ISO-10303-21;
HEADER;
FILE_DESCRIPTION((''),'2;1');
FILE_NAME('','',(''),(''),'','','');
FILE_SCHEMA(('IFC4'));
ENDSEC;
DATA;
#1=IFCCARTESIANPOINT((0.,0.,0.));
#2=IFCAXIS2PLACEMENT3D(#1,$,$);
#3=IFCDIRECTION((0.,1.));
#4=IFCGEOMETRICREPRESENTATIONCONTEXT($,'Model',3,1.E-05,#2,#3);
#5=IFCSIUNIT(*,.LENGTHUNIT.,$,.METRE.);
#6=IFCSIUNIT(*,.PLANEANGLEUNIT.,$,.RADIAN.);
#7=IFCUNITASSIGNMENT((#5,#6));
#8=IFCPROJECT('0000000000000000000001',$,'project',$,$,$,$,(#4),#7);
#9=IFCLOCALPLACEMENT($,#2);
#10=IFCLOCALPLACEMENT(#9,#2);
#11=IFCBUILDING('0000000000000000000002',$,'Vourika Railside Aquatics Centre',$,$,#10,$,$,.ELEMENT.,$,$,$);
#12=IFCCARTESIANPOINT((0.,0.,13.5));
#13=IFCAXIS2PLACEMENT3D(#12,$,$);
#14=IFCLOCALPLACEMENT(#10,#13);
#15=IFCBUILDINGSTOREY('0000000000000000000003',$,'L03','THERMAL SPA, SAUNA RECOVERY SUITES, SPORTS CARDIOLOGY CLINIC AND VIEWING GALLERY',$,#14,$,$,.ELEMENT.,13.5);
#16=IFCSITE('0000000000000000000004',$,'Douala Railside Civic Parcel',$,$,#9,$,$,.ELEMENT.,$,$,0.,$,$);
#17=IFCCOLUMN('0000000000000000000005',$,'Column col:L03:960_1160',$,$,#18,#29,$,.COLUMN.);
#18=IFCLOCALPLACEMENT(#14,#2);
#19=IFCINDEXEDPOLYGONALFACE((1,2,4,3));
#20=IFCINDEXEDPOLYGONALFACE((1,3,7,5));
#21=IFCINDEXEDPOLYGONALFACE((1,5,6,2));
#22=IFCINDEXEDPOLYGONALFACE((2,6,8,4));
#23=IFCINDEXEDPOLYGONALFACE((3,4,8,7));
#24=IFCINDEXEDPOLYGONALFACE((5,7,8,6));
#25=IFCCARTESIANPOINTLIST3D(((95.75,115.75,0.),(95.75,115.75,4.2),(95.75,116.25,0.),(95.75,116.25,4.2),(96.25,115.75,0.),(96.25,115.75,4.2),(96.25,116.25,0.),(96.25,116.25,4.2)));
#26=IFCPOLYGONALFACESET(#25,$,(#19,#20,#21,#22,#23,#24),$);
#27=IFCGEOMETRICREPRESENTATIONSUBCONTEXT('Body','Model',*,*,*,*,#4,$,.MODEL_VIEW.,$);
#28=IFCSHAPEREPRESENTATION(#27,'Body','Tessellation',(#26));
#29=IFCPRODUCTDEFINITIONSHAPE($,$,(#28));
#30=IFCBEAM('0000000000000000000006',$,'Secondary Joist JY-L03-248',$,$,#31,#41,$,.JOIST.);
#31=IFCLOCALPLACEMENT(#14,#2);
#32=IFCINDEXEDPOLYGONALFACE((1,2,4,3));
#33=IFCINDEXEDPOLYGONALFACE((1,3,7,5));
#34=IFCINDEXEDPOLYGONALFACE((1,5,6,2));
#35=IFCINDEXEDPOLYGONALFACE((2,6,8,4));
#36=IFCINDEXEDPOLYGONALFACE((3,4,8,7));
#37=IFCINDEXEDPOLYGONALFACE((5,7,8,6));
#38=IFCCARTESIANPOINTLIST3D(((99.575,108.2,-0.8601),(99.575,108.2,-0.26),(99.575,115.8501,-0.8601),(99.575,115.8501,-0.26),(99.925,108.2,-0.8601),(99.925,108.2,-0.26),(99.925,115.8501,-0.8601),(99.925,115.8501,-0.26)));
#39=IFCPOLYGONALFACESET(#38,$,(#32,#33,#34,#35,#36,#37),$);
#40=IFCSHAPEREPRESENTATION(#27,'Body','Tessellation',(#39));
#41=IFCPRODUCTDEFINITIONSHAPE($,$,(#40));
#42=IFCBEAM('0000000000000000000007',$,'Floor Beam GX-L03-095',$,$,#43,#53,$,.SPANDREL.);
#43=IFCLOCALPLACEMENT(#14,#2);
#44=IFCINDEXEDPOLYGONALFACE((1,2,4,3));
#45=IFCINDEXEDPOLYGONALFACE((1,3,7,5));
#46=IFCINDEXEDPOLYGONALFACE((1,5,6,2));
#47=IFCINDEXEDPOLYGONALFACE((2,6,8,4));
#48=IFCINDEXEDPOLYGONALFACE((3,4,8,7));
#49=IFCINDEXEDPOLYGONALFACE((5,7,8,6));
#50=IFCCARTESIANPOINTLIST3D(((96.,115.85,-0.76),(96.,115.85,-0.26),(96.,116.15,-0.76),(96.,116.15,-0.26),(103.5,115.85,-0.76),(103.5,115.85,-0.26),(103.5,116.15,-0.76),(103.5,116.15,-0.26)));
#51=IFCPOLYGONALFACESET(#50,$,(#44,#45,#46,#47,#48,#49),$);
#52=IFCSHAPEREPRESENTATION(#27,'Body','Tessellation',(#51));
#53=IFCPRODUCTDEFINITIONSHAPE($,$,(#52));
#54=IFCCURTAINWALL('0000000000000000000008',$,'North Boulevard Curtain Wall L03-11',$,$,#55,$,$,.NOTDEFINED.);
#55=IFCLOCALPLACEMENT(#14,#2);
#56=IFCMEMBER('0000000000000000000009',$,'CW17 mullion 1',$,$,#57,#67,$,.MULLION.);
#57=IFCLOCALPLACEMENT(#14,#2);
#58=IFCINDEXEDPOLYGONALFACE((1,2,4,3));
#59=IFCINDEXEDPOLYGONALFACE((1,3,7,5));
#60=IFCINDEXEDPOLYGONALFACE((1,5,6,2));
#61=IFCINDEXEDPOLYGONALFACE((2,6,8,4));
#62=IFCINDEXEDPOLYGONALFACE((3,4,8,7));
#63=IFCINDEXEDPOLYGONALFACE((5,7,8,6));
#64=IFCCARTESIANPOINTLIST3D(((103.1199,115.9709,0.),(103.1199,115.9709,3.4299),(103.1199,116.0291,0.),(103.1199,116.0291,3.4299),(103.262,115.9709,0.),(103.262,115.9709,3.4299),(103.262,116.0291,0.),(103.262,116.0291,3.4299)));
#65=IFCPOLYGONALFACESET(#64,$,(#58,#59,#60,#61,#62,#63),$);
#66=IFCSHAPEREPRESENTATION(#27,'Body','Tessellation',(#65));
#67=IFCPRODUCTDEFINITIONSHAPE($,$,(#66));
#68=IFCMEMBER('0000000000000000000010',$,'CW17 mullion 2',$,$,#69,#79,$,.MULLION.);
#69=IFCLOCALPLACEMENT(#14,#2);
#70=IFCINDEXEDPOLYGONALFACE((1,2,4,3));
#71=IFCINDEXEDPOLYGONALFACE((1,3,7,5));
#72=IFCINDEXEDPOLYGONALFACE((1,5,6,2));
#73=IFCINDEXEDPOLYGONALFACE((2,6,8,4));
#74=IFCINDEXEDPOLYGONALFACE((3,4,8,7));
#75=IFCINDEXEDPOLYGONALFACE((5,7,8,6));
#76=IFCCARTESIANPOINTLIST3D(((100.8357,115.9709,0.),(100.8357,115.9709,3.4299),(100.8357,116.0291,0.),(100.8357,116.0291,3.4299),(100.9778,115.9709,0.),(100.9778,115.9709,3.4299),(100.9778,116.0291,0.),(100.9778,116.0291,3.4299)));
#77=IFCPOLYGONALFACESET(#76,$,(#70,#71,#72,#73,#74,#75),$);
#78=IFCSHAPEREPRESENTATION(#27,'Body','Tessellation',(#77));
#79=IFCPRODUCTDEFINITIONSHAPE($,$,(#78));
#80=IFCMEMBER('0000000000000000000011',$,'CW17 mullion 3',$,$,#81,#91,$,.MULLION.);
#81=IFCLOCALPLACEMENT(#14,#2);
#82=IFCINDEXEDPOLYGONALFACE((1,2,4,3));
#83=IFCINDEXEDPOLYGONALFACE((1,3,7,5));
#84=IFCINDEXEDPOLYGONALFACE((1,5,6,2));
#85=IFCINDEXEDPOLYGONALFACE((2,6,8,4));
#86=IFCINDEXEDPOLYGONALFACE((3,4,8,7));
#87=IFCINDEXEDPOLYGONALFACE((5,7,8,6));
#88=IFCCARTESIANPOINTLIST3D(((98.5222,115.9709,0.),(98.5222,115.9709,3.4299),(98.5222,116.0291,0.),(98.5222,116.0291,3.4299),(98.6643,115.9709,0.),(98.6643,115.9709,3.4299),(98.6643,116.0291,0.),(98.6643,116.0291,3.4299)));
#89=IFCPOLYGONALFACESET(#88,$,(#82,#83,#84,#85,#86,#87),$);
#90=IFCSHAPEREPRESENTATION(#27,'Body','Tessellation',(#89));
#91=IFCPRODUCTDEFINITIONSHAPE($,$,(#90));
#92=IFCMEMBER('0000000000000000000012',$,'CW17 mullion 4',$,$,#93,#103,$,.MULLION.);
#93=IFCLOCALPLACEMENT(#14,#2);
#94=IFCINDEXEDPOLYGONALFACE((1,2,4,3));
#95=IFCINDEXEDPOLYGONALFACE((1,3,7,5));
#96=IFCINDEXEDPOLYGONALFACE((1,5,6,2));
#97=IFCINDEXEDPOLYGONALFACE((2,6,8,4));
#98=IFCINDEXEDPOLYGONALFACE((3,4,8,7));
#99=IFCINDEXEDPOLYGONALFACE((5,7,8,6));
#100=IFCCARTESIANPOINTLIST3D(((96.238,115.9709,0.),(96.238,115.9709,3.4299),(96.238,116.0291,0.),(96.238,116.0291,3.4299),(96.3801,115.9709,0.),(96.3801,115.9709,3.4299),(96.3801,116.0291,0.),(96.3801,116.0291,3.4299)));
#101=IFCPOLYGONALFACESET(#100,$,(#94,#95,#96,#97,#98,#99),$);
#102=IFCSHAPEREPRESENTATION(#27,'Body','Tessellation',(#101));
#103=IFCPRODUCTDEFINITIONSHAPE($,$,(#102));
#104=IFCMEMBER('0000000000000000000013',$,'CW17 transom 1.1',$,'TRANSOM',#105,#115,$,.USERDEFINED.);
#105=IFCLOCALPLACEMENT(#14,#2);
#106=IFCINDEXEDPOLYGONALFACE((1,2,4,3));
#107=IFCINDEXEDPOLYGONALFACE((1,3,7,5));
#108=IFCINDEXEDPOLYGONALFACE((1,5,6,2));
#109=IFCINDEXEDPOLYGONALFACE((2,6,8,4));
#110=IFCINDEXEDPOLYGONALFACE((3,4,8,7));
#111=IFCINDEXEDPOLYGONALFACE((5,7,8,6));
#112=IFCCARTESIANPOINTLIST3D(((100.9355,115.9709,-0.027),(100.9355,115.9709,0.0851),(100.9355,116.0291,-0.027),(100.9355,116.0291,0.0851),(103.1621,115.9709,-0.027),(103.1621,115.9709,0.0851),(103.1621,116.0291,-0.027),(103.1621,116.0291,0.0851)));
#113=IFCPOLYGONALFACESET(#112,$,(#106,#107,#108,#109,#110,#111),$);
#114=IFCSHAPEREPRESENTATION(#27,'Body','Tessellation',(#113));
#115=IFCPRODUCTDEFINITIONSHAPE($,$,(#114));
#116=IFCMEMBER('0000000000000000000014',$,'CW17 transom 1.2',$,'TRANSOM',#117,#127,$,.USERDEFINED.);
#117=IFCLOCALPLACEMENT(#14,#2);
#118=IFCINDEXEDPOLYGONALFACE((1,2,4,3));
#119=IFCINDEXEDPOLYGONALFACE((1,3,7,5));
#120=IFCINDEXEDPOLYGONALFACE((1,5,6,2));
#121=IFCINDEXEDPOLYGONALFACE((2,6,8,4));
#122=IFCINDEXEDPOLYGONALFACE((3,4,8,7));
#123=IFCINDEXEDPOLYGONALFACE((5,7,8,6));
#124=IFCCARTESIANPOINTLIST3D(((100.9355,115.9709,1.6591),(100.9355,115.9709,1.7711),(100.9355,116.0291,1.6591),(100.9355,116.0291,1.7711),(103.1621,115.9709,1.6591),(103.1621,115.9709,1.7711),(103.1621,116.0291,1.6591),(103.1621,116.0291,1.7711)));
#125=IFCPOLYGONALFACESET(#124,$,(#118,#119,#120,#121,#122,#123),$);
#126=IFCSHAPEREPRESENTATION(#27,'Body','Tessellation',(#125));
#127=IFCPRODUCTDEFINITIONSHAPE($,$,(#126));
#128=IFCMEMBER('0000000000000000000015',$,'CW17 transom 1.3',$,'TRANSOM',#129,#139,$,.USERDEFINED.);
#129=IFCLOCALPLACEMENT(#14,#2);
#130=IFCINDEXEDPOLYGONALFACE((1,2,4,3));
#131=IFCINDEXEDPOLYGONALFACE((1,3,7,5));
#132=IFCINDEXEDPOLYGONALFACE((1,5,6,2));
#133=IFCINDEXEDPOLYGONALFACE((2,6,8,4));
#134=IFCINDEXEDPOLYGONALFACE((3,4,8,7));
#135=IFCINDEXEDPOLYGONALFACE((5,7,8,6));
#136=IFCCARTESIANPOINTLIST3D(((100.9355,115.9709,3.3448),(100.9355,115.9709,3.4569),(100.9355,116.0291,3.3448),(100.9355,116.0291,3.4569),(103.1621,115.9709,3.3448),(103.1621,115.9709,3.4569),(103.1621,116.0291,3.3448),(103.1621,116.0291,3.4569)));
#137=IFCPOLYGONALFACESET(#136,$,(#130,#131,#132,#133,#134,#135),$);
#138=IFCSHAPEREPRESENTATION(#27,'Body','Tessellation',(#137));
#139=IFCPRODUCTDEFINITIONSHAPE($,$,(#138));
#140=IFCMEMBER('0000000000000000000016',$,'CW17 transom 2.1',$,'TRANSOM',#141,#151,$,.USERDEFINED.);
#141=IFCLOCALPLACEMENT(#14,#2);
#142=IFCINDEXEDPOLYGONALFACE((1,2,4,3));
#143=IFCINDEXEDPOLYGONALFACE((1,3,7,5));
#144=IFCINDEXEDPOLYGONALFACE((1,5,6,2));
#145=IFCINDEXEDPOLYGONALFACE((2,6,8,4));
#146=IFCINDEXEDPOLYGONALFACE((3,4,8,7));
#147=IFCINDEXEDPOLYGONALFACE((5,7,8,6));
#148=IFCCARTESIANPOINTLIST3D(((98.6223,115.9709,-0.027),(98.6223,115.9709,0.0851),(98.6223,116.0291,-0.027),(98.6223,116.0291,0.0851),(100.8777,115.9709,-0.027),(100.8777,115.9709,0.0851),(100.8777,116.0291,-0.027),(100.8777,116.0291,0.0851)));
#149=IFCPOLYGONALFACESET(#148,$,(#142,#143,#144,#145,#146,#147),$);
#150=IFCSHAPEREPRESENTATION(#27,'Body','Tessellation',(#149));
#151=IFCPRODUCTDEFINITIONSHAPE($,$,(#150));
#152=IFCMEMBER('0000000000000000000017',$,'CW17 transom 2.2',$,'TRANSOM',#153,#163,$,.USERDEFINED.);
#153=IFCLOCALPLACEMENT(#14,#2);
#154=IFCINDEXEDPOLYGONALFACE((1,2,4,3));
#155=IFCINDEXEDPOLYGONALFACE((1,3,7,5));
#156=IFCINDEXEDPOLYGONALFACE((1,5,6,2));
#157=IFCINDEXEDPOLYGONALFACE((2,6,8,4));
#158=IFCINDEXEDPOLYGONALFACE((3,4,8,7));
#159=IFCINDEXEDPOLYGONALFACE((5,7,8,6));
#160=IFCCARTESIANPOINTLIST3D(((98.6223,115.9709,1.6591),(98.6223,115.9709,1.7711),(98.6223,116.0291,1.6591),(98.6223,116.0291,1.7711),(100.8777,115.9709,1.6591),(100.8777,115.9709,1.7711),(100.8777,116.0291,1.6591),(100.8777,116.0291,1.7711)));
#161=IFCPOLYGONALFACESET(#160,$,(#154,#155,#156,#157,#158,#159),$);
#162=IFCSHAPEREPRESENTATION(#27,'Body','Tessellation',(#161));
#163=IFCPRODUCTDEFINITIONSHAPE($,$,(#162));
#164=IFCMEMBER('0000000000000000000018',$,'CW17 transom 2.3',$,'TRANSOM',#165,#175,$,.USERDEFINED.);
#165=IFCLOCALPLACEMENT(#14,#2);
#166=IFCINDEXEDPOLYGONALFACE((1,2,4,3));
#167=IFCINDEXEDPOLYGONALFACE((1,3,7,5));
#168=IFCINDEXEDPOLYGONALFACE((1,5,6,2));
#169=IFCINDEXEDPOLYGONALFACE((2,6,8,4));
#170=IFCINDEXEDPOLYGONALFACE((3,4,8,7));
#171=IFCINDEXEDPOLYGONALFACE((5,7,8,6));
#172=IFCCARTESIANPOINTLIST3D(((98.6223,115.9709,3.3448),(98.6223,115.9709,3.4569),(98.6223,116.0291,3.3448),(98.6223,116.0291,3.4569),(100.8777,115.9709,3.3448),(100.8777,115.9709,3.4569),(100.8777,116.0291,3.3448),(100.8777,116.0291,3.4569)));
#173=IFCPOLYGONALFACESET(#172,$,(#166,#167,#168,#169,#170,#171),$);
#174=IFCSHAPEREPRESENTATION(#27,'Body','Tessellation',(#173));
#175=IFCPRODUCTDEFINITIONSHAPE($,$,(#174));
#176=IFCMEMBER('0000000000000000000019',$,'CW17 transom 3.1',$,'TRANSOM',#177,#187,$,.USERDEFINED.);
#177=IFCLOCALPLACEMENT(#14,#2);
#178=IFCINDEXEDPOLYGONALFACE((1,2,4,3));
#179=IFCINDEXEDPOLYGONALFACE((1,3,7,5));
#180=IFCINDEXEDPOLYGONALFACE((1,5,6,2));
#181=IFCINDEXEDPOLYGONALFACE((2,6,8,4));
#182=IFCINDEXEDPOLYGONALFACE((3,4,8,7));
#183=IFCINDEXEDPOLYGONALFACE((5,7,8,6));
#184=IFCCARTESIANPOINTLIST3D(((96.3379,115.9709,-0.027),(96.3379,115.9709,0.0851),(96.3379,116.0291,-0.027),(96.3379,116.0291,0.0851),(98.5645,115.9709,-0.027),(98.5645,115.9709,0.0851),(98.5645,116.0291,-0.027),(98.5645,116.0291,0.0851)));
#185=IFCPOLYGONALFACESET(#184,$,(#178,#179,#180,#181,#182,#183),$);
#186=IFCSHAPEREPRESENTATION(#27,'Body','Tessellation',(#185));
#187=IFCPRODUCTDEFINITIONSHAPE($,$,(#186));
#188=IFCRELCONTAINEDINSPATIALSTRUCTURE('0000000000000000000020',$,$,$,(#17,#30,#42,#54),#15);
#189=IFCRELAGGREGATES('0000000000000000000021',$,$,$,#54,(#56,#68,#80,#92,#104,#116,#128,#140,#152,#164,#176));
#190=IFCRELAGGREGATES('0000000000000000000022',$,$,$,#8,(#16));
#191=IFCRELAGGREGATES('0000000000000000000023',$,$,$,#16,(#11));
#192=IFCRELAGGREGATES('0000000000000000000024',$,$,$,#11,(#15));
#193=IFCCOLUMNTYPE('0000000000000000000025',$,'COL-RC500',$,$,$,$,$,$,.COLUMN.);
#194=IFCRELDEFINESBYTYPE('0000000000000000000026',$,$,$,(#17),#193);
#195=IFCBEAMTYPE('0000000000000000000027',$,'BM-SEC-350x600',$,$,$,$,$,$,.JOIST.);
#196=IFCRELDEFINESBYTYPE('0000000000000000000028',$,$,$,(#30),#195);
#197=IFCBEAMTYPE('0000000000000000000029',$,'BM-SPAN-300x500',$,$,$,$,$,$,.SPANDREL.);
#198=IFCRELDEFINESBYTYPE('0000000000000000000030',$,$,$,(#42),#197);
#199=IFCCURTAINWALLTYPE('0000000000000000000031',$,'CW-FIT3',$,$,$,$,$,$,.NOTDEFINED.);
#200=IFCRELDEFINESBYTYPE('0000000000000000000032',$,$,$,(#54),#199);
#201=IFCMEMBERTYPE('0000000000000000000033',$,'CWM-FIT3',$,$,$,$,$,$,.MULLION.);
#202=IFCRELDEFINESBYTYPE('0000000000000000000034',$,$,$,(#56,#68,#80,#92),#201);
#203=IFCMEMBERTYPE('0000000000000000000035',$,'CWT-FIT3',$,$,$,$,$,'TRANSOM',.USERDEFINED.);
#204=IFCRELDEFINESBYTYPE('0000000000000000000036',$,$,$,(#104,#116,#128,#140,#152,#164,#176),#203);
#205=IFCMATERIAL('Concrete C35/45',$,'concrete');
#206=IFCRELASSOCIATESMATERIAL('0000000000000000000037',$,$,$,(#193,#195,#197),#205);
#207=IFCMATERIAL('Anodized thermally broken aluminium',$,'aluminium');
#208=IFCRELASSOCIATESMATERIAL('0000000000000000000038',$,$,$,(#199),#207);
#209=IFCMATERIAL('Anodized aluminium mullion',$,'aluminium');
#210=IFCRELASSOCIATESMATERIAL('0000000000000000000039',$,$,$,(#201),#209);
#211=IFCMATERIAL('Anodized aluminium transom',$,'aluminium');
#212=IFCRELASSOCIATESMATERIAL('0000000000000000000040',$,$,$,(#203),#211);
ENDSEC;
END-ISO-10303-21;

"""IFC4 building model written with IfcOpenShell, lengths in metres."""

from ifc_helpers import new_model, si_unit, direction, frame, origin, origin_2d, place, context, subcontext, project, spatial, rectangle, extrude, material, material_profile, profile_set, type_object, element, aggregate, save


model = new_model("IFC4")

# Units and contexts
model_context = context("Model", 3, precision=1e-05, world=origin(), true_north=direction((0.0, 1.0)))
body_context = subcontext(model_context, "Body", "Model", "MODEL_VIEW")
ifc_project = project(units=[si_unit("LENGTHUNIT", "METRE"), si_unit("PLANEANGLEUNIT", "RADIAN")], contexts=[model_context])

# Site, building, storey
site_placement = place(None, origin())
site = spatial("IfcSite", under=ifc_project, at=site_placement, Name="Douala Railside Civic Parcel", CompositionType="ELEMENT", RefElevation=0.0)
building_placement = place(site_placement, origin())
building = spatial("IfcBuilding", under=site, at=building_placement, Name="Vourika Railside Aquatics Centre", CompositionType="ELEMENT")
storey_placement = place(building_placement, frame((0.0, 0.0, 13.5)))
storey = spatial("IfcBuildingStorey", under=building, at=storey_placement, Name="L03", Description="THERMAL SPA, SAUNA RECOVERY SUITES, SPORTS CARDIOLOGY CLINIC AND VIEWING GALLERY", CompositionType="ELEMENT", Elevation=13.5)

# Column
ifc_material_1 = material(Name="Concrete C35/45", Category="concrete")
ifc_material_profile_1 = material_profile(ifc_material_1, rectangle(XDim=0.5, YDim=0.5, at=origin_2d()), Name="RC 500x500")
ifc_profile_set_1 = profile_set([ifc_material_profile_1], Name="Concrete C35/45")
column_type = type_object("IfcColumnType", Name="COL-RC500", PredefinedType="COLUMN", material=ifc_profile_set_1)
column_placement = place(storey_placement, frame((96.0, 116.0, 0.0), z_axis=(0.0, 0.0, 1.0), x_axis=(1.0, 0.0, 0.0)))
element("IfcColumn", 1, at=column_placement, inside=storey, type_object=column_type, Name="Column col:L03:960_1160", PredefinedType="COLUMN", context=body_context, shape_type="SweptSolid", body=[
    extrude(rectangle(XDim=0.5, YDim=0.5, at=origin_2d()), origin(), (0.0, 0.0, 1.0), 4.2),
])

# Beams
ifc_material_profile_2 = material_profile(ifc_material_1, rectangle(XDim=0.3501, YDim=0.6001, at=origin_2d()), Name="RC 350x600")
ifc_profile_set_2 = profile_set([ifc_material_profile_2], Name="Concrete C35/45")
beam_type_1 = type_object("IfcBeamType", Name="BM-SEC-350x600", PredefinedType="JOIST", material=ifc_profile_set_2)
beam_1_placement = place(storey_placement, frame((99.75, 108.2, -0.5601), z_axis=(0.0, 1.0, 0.0), x_axis=(-1.0, 0.0, 0.0)))
element("IfcBeam", 2, at=beam_1_placement, inside=storey, type_object=beam_type_1, Name="Secondary Joist JY-L03-248", PredefinedType="JOIST", context=body_context, shape_type="SweptSolid", body=[
    extrude(rectangle(XDim=0.3501, YDim=0.6001, at=origin_2d()), origin(), (0.0, 0.0, 1.0), 7.6501),
])
ifc_material_profile_3 = material_profile(ifc_material_1, rectangle(XDim=0.3, YDim=0.5, at=origin_2d()), Name="RC 300x500")
ifc_profile_set_3 = profile_set([ifc_material_profile_3], Name="Concrete C35/45")
beam_type_2 = type_object("IfcBeamType", Name="BM-SPAN-300x500", PredefinedType="SPANDREL", material=ifc_profile_set_3)
beam_2_placement = place(storey_placement, frame((96.0, 116.0, -0.51), z_axis=(1.0, 0.0, 0.0), x_axis=(0.0, 1.0, 0.0)))
element("IfcBeam", 3, at=beam_2_placement, inside=storey, type_object=beam_type_2, Name="Floor Beam GX-L03-095", PredefinedType="SPANDREL", context=body_context, shape_type="SweptSolid", body=[
    extrude(rectangle(XDim=0.3, YDim=0.5, at=origin_2d()), origin(), (0.0, 0.0, 1.0), 7.5),
])

# Curtain wall, members
ifc_material_2 = material(Name="Anodized thermally broken aluminium", Category="aluminium")
curtain_wall_type = type_object("IfcCurtainWallType", Name="CW-FIT3", PredefinedType="NOTDEFINED", material=ifc_material_2)
curtain_wall_placement = place(storey_placement, origin())
curtain_wall = element("IfcCurtainWall", 4, at=curtain_wall_placement, inside=storey, type_object=curtain_wall_type, Name="North Boulevard Curtain Wall L03-11", PredefinedType="NOTDEFINED")
ifc_material_3 = material(Name="Anodized aluminium mullion", Category="aluminium")
ifc_material_profile_4 = material_profile(ifc_material_3, rectangle(XDim=0.0581, YDim=0.1421, at=origin_2d()), Name="ALU-M 58x142")
ifc_profile_set_4 = profile_set([ifc_material_profile_4], Name="Anodized aluminium mullion")
member_type_1 = type_object("IfcMemberType", Name="CWM-FIT3", PredefinedType="MULLION", material=ifc_profile_set_4)
member_1_placement = place(storey_placement, frame((103.1909, 116.0, 0.0), z_axis=(0.0, 0.0, 1.0), x_axis=(0.0, -1.0, 0.0)))
member_1 = element("IfcMember", 5, at=member_1_placement, type_object=member_type_1, Name="CW17 mullion 1", PredefinedType="MULLION", context=body_context, shape_type="SweptSolid", body=[
    extrude(rectangle(XDim=0.0581, YDim=0.1421, at=origin_2d()), origin(), (0.0, 0.0, 1.0), 3.4299),
])
member_2_placement = place(storey_placement, frame((100.9067, 116.0, 0.0), z_axis=(0.0, 0.0, 1.0), x_axis=(0.0, -1.0, 0.0)))
member_2 = element("IfcMember", 6, at=member_2_placement, type_object=member_type_1, Name="CW17 mullion 2", PredefinedType="MULLION", context=body_context, shape_type="SweptSolid", body=[
    extrude(rectangle(XDim=0.0581, YDim=0.1421, at=origin_2d()), origin(), (0.0, 0.0, 1.0), 3.4299),
])
member_3_placement = place(storey_placement, frame((98.5933, 116.0, 0.0), z_axis=(0.0, 0.0, 1.0), x_axis=(0.0, -1.0, 0.0)))
member_3 = element("IfcMember", 7, at=member_3_placement, type_object=member_type_1, Name="CW17 mullion 3", PredefinedType="MULLION", context=body_context, shape_type="SweptSolid", body=[
    extrude(rectangle(XDim=0.0581, YDim=0.1421, at=origin_2d()), origin(), (0.0, 0.0, 1.0), 3.4299),
])
member_4_placement = place(storey_placement, frame((96.3091, 116.0, 0.0), z_axis=(0.0, 0.0, 1.0), x_axis=(0.0, -1.0, 0.0)))
member_4 = element("IfcMember", 8, at=member_4_placement, type_object=member_type_1, Name="CW17 mullion 4", PredefinedType="MULLION", context=body_context, shape_type="SweptSolid", body=[
    extrude(rectangle(XDim=0.0581, YDim=0.1421, at=origin_2d()), origin(), (0.0, 0.0, 1.0), 3.4299),
])
ifc_material_4 = material(Name="Anodized aluminium transom", Category="aluminium")
ifc_material_profile_5 = material_profile(ifc_material_4, rectangle(XDim=0.0581, YDim=0.1121, at=origin_2d()), Name="ALU-T 58x112")
ifc_profile_set_5 = profile_set([ifc_material_profile_5], Name="Anodized aluminium transom")
member_type_2 = type_object("IfcMemberType", Name="CWT-FIT3", ElementType="TRANSOM", PredefinedType="USERDEFINED", material=ifc_profile_set_5)
member_5_placement = place(storey_placement, frame((103.1621, 116.0, 0.0291), z_axis=(-1.0, 0.0, 0.0), x_axis=(0.0, -1.0, 0.0)))
member_5 = element("IfcMember", 9, at=member_5_placement, type_object=member_type_2, Name="CW17 transom 1.1", ObjectType="TRANSOM", PredefinedType="USERDEFINED", context=body_context, shape_type="SweptSolid", body=[
    extrude(rectangle(XDim=0.0581, YDim=0.1121, at=origin_2d()), origin(), (0.0, 0.0, 1.0), 2.2266),
])
member_6_placement = place(storey_placement, frame((103.1621, 116.0, 1.7151), z_axis=(-1.0, 0.0, 0.0), x_axis=(0.0, -1.0, 0.0)))
member_6 = element("IfcMember", 10, at=member_6_placement, type_object=member_type_2, Name="CW17 transom 1.2", ObjectType="TRANSOM", PredefinedType="USERDEFINED", context=body_context, shape_type="SweptSolid", body=[
    extrude(rectangle(XDim=0.0581, YDim=0.1121, at=origin_2d()), origin(), (0.0, 0.0, 1.0), 2.2266),
])
member_7_placement = place(storey_placement, frame((103.1621, 116.0, 3.4009), z_axis=(-1.0, 0.0, 0.0), x_axis=(0.0, -1.0, 0.0)))
member_7 = element("IfcMember", 11, at=member_7_placement, type_object=member_type_2, Name="CW17 transom 1.3", ObjectType="TRANSOM", PredefinedType="USERDEFINED", context=body_context, shape_type="SweptSolid", body=[
    extrude(rectangle(XDim=0.0581, YDim=0.1121, at=origin_2d()), origin(), (0.0, 0.0, 1.0), 2.2266),
])
member_8_placement = place(storey_placement, frame((100.8777, 116.0, 0.0291), z_axis=(-1.0, 0.0, 0.0), x_axis=(0.0, -1.0, 0.0)))
member_8 = element("IfcMember", 12, at=member_8_placement, type_object=member_type_2, Name="CW17 transom 2.1", ObjectType="TRANSOM", PredefinedType="USERDEFINED", context=body_context, shape_type="SweptSolid", body=[
    extrude(rectangle(XDim=0.0581, YDim=0.1121, at=origin_2d()), origin(), (0.0, 0.0, 1.0), 2.2554),
])
member_9_placement = place(storey_placement, frame((100.8777, 116.0, 1.7151), z_axis=(-1.0, 0.0, 0.0), x_axis=(0.0, -1.0, 0.0)))
member_9 = element("IfcMember", 13, at=member_9_placement, type_object=member_type_2, Name="CW17 transom 2.2", ObjectType="TRANSOM", PredefinedType="USERDEFINED", context=body_context, shape_type="SweptSolid", body=[
    extrude(rectangle(XDim=0.0581, YDim=0.1121, at=origin_2d()), origin(), (0.0, 0.0, 1.0), 2.2554),
])
member_10_placement = place(storey_placement, frame((100.8777, 116.0, 3.4009), z_axis=(-1.0, 0.0, 0.0), x_axis=(0.0, -1.0, 0.0)))
member_10 = element("IfcMember", 14, at=member_10_placement, type_object=member_type_2, Name="CW17 transom 2.3", ObjectType="TRANSOM", PredefinedType="USERDEFINED", context=body_context, shape_type="SweptSolid", body=[
    extrude(rectangle(XDim=0.0581, YDim=0.1121, at=origin_2d()), origin(), (0.0, 0.0, 1.0), 2.2554),
])
member_11_placement = place(storey_placement, frame((98.5645, 116.0, 0.0291), z_axis=(-1.0, 0.0, 0.0), x_axis=(0.0, -1.0, 0.0)))
member_11 = element("IfcMember", 15, at=member_11_placement, type_object=member_type_2, Name="CW17 transom 3.1", ObjectType="TRANSOM", PredefinedType="USERDEFINED", context=body_context, shape_type="SweptSolid", body=[
    extrude(rectangle(XDim=0.0581, YDim=0.1121, at=origin_2d()), origin(), (0.0, 0.0, 1.0), 2.2266),
])
aggregate(curtain_wall, [member_1, member_2, member_3, member_4, member_5, member_6, member_7, member_8, member_9, member_10, member_11])

save(model, "model.ifc")
